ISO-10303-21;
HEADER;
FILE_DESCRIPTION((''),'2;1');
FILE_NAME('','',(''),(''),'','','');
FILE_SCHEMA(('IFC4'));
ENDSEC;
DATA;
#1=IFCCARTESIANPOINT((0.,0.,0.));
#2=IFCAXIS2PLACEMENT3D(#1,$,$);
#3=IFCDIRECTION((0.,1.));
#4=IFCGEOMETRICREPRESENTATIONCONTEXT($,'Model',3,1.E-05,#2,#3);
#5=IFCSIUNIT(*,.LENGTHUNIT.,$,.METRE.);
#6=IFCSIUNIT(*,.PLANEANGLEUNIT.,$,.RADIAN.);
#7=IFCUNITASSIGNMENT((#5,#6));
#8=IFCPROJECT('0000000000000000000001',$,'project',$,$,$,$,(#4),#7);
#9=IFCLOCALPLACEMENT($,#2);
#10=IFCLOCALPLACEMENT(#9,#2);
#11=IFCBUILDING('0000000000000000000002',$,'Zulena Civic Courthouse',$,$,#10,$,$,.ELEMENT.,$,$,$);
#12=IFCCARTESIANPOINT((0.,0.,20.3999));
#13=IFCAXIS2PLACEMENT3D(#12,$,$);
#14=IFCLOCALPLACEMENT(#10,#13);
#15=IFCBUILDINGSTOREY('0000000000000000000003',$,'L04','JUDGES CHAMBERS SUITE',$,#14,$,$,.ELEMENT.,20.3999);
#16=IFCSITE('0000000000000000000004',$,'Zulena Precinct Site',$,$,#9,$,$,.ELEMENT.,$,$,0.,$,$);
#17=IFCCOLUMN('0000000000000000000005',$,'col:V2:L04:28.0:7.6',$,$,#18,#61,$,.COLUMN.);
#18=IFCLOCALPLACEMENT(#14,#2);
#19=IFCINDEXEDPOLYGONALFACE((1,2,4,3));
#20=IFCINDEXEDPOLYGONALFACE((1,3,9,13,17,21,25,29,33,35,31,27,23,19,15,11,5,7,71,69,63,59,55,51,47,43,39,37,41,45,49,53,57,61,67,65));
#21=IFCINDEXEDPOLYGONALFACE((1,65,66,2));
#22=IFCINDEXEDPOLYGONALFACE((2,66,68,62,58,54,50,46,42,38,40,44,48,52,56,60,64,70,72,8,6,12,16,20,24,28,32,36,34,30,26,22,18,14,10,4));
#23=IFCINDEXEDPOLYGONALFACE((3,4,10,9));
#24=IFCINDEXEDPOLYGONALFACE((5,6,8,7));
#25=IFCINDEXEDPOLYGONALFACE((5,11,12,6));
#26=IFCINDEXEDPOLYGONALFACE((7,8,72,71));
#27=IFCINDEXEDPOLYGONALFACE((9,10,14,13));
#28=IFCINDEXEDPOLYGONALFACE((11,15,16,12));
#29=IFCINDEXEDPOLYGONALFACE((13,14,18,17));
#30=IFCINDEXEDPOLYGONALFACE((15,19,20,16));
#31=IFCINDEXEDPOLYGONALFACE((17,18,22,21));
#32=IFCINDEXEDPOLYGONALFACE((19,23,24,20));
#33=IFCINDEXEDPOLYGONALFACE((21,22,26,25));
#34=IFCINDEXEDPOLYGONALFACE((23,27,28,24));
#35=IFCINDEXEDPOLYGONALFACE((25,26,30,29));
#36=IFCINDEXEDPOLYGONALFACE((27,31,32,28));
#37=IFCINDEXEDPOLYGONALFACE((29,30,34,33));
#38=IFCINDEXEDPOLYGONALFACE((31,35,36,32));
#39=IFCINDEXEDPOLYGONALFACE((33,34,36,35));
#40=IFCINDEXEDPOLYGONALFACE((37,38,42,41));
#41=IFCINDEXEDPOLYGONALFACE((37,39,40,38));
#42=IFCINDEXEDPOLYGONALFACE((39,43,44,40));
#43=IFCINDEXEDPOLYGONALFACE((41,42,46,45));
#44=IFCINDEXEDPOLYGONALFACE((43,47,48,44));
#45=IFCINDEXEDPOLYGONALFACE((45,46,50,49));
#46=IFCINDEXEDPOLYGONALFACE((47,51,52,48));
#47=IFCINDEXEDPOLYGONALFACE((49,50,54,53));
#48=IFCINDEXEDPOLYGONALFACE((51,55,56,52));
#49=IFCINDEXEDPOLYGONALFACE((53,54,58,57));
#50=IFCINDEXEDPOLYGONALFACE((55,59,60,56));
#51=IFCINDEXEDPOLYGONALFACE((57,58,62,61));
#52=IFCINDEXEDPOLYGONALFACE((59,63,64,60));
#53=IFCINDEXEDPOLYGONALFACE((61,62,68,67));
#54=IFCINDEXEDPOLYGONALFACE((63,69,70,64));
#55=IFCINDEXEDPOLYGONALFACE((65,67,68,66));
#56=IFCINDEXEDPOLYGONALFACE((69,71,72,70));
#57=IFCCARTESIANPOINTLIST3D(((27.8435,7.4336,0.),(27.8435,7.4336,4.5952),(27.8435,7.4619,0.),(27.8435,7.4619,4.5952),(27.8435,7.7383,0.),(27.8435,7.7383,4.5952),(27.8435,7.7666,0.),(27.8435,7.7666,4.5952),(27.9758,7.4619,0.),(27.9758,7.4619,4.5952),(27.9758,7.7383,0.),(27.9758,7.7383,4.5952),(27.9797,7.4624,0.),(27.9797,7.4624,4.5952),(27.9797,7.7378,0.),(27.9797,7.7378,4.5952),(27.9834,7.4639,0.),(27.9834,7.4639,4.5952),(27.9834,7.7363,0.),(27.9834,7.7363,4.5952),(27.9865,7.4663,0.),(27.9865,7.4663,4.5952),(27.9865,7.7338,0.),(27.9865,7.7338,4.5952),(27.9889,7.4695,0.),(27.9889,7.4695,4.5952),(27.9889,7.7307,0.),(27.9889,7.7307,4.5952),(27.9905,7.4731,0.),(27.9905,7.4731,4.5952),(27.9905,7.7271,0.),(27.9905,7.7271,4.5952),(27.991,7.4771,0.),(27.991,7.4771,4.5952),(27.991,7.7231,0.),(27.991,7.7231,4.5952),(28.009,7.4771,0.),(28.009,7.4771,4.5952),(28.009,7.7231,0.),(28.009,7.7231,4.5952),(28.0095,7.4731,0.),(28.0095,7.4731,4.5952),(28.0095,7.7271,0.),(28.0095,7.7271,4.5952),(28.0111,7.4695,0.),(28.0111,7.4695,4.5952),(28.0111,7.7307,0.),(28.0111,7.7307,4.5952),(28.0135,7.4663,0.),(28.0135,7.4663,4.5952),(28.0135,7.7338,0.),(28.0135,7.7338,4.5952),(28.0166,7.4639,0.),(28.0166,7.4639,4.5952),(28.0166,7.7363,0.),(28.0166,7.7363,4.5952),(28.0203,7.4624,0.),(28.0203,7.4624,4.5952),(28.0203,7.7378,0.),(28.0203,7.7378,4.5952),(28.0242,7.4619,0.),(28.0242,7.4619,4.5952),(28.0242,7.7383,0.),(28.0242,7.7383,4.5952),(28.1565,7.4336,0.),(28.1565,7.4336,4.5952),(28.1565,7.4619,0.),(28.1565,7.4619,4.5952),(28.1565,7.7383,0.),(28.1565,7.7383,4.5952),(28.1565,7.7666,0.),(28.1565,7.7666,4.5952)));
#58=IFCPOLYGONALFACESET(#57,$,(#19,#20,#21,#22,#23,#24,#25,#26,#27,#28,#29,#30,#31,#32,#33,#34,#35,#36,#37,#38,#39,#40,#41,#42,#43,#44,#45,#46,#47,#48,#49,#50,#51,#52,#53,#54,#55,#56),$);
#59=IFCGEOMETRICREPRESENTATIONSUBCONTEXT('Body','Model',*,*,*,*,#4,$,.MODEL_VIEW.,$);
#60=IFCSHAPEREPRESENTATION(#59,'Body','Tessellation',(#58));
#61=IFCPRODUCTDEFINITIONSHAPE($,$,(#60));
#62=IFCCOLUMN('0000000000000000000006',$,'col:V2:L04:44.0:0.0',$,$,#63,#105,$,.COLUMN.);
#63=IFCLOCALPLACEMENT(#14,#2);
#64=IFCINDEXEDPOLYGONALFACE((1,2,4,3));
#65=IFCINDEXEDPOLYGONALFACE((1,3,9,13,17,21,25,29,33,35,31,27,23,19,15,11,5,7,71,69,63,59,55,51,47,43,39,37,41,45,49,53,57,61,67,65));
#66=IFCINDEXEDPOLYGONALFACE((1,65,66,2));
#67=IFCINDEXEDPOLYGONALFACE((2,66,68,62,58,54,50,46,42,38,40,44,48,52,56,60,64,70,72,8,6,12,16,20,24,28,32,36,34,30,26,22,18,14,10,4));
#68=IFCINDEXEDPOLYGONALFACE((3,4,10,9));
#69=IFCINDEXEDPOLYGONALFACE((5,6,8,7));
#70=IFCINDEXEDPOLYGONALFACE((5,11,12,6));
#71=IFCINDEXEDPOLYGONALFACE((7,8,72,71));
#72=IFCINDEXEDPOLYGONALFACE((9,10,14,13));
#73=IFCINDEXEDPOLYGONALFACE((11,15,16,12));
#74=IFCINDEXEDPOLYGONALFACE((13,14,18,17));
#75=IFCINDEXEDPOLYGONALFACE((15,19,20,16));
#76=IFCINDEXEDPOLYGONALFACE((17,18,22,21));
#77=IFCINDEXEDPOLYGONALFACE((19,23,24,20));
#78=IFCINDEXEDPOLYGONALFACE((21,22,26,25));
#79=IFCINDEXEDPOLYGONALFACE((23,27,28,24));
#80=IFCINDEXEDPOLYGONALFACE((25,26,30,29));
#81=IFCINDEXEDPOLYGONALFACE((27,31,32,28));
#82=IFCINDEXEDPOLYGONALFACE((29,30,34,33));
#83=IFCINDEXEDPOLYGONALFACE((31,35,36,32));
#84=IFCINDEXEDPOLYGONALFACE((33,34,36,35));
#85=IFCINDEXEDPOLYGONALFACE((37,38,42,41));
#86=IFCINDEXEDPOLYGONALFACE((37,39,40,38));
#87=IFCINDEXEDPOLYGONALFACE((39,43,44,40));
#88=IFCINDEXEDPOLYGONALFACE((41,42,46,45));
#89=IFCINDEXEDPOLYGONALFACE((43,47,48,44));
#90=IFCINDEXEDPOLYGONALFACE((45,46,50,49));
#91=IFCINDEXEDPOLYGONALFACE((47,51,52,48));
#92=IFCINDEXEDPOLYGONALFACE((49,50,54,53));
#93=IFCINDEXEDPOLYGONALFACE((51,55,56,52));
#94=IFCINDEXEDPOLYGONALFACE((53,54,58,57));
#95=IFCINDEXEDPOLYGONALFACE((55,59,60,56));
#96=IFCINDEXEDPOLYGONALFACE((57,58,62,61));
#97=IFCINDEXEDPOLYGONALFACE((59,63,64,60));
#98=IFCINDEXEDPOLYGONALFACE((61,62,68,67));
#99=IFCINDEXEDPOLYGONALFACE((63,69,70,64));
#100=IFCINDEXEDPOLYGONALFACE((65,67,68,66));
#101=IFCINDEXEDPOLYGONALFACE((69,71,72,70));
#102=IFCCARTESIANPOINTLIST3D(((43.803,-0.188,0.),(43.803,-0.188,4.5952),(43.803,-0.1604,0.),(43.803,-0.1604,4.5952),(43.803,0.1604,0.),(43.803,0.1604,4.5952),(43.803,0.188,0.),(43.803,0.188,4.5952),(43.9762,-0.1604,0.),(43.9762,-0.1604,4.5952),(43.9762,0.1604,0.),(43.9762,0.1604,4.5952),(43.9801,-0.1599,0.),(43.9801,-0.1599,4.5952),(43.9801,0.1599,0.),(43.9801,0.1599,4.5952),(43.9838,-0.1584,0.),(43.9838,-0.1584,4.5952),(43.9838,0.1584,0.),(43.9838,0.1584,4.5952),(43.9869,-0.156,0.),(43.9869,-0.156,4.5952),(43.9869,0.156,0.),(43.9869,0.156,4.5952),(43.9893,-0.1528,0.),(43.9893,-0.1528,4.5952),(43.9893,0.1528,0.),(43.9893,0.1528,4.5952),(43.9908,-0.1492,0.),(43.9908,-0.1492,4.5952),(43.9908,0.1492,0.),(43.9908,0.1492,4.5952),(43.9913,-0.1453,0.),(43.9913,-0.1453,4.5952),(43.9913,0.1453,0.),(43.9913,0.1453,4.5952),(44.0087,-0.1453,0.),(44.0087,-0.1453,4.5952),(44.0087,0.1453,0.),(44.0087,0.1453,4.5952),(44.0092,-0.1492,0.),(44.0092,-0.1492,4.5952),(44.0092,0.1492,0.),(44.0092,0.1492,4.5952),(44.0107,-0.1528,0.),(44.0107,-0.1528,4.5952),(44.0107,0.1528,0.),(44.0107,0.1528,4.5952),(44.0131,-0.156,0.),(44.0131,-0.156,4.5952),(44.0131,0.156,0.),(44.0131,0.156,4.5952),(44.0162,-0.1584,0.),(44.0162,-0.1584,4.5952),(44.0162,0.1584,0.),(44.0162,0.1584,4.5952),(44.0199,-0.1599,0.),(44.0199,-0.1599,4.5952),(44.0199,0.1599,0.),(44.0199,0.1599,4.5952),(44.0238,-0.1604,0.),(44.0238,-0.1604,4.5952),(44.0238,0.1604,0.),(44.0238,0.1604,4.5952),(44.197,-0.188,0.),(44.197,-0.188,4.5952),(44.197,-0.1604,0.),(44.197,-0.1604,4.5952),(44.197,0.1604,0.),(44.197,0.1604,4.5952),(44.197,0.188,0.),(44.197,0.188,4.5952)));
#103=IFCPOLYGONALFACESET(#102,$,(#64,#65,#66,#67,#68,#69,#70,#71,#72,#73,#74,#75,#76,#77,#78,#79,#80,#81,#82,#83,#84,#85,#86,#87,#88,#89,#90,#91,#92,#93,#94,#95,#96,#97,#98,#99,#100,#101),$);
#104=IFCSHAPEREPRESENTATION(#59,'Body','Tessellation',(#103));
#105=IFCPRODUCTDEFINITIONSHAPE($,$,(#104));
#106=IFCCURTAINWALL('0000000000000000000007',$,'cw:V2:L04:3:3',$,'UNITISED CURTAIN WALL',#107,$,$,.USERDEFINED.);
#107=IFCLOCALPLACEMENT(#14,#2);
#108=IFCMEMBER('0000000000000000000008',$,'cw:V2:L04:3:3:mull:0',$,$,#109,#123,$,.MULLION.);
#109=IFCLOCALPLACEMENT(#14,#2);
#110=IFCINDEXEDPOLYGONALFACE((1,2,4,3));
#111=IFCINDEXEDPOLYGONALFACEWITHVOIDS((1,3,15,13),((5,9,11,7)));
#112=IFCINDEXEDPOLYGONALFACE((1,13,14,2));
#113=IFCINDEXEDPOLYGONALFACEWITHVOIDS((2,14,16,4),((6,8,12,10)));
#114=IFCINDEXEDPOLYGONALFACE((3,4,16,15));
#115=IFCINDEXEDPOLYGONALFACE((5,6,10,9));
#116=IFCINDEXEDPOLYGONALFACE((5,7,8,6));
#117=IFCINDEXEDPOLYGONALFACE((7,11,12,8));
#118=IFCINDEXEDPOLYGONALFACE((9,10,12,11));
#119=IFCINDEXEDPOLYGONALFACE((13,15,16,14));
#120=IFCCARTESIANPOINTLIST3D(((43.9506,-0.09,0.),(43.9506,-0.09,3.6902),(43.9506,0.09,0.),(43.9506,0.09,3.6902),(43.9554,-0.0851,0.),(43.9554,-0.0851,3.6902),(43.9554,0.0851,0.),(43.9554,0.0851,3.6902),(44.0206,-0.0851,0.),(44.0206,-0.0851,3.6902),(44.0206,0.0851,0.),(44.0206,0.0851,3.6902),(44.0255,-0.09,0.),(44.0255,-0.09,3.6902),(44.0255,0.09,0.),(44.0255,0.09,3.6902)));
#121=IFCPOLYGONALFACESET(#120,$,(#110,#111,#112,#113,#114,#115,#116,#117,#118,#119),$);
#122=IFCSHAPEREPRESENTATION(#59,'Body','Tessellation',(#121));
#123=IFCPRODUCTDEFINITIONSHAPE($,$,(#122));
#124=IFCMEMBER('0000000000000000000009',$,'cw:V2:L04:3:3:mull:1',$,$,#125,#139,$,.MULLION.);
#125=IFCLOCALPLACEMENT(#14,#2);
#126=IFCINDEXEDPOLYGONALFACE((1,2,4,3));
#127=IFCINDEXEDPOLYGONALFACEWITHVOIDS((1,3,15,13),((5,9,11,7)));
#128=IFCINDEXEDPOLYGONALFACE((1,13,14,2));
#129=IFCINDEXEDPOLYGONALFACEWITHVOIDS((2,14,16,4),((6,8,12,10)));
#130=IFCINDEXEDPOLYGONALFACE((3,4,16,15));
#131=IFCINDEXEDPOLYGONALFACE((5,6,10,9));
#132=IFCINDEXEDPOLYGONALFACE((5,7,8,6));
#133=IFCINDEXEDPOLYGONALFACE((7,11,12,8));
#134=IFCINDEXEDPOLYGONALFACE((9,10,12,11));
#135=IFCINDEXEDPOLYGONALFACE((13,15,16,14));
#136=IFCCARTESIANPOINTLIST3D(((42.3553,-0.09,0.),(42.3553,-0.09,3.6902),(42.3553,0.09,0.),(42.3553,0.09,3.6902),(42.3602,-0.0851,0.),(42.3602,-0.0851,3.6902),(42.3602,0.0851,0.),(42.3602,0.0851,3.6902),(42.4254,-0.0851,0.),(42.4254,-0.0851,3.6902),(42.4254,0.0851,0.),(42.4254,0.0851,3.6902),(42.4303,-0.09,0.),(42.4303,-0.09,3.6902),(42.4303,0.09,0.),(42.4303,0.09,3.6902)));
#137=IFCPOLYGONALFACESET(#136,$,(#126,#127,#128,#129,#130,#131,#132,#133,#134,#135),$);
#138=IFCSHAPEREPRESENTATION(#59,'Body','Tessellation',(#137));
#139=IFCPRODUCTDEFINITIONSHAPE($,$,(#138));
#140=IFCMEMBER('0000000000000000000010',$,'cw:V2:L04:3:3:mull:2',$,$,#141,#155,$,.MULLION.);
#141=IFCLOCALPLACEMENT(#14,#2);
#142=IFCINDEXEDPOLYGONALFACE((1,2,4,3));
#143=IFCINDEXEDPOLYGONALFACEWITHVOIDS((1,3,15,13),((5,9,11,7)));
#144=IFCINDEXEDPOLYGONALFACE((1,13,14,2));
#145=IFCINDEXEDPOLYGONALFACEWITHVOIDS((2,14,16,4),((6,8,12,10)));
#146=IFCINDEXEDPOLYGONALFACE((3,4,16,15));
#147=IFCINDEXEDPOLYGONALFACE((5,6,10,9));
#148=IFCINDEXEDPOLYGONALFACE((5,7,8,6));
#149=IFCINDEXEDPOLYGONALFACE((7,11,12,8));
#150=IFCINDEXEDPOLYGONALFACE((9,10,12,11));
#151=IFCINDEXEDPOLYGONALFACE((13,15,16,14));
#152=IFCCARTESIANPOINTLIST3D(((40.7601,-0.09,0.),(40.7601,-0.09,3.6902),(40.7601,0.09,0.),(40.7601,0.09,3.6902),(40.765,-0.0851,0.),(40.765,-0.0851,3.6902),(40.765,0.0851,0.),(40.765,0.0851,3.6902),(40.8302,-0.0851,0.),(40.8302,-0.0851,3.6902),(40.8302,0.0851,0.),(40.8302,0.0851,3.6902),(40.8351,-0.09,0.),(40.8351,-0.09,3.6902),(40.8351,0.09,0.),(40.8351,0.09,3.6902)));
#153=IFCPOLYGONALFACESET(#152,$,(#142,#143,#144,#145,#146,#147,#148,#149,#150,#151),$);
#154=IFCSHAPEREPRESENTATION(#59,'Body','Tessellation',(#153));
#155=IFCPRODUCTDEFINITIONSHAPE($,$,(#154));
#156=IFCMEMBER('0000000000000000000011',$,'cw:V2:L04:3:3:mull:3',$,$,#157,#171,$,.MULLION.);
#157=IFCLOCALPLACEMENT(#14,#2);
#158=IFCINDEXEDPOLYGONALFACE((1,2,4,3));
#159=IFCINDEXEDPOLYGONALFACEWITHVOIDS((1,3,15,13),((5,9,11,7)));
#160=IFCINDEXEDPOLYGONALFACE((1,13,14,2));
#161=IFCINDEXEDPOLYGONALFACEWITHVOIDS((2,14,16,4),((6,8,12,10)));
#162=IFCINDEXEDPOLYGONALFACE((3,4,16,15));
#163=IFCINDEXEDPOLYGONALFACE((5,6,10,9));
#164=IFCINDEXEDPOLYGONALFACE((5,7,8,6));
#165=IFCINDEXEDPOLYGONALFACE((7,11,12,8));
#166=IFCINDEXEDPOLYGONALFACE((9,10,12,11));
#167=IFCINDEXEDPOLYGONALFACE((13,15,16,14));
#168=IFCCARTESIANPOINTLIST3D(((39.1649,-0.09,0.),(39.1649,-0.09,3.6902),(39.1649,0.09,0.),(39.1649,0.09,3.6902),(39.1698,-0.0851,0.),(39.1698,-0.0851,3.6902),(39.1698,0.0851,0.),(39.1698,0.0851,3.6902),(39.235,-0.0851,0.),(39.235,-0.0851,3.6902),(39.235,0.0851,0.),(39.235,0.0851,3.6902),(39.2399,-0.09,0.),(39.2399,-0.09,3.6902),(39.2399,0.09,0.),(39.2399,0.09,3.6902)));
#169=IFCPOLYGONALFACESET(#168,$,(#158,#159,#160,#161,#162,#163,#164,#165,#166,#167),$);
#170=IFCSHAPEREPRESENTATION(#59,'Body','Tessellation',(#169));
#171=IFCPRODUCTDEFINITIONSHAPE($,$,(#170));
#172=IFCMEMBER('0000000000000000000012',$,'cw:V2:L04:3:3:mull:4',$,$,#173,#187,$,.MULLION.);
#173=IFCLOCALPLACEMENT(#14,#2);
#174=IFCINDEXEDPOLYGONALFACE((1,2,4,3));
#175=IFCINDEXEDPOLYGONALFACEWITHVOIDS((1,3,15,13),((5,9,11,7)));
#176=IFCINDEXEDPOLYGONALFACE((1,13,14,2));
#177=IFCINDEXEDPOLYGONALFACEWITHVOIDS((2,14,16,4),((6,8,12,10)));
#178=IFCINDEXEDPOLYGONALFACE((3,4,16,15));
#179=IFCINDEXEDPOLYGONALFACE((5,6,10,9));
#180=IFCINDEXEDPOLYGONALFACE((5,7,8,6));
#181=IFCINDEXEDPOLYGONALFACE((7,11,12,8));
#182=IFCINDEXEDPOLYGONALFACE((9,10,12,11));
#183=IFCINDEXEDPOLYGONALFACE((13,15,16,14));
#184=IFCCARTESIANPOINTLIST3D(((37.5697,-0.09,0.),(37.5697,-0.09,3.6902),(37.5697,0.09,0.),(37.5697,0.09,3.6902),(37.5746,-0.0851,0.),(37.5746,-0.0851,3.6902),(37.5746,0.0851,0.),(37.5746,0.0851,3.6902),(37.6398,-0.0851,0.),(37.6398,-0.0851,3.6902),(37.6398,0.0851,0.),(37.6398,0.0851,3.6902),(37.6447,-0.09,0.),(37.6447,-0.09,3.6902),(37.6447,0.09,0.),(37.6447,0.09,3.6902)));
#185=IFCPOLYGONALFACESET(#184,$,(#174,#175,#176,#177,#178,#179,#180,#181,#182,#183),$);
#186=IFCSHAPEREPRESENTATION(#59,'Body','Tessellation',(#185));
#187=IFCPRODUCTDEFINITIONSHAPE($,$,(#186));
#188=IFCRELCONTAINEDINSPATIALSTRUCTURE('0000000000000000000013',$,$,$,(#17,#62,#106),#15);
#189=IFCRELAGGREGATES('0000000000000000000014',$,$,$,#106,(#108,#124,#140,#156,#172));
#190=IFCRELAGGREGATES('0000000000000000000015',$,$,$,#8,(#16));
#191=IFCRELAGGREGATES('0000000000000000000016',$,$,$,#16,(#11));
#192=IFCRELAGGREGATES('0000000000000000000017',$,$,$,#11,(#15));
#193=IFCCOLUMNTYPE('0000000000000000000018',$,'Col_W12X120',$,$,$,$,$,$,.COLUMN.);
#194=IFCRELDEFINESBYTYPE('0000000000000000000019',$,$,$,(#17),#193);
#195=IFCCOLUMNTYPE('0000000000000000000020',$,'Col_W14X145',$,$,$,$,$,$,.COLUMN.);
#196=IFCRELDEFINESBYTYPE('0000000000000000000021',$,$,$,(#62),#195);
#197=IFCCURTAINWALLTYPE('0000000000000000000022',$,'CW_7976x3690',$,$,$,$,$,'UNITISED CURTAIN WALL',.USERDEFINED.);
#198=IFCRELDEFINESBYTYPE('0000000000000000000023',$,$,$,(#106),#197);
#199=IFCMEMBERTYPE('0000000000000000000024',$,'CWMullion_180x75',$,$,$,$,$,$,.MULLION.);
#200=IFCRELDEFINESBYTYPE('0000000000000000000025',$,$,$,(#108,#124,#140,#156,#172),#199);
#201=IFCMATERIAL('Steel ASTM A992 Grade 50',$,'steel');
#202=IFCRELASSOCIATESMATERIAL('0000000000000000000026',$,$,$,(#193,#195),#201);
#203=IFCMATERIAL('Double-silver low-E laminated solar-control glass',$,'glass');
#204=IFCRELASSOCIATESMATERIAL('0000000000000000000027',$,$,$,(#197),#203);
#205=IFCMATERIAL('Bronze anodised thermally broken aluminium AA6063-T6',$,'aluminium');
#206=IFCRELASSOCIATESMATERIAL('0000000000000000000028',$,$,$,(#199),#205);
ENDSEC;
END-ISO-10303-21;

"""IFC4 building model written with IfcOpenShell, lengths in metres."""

from ifc_helpers import new_model, si_unit, direction, frame, origin, origin_2d, place, context, subcontext, project, spatial, hollow_rectangle, i_section, extrude, material, material_profile, profile_set, type_object, element, aggregate, save


model = new_model("IFC4")

# Units and contexts
model_context = context("Model", 3, precision=1e-05, world=origin(), true_north=direction((0.0, 1.0)))
body_context = subcontext(model_context, "Body", "Model", "MODEL_VIEW")
ifc_project = project(units=[si_unit("LENGTHUNIT", "METRE"), si_unit("PLANEANGLEUNIT", "RADIAN")], contexts=[model_context])

# Site, building, storey
site_placement = place(None, origin())
site = spatial("IfcSite", under=ifc_project, at=site_placement, Name="Zulena Precinct Site", CompositionType="ELEMENT", RefElevation=0.0)
building_placement = place(site_placement, origin())
building = spatial("IfcBuilding", under=site, at=building_placement, Name="Zulena Civic Courthouse", CompositionType="ELEMENT")
storey_placement = place(building_placement, frame((0.0, 0.0, 20.3999)))
storey = spatial("IfcBuildingStorey", under=building, at=storey_placement, Name="L04", Description="JUDGES CHAMBERS SUITE", CompositionType="ELEMENT", Elevation=20.3999)

# Columns
ifc_material_1 = material(Name="Steel ASTM A992 Grade 50", Category="steel")
ifc_material_profile_1 = material_profile(ifc_material_1, i_section(OverallWidth=0.313, OverallDepth=0.333, WebThickness=0.0181, FlangeThickness=0.0283, FilletRadius=0.0151, at=origin_2d()), Name="W12X120")
ifc_profile_set_1 = profile_set([ifc_material_profile_1], Name="Steel ASTM A992 Grade 50")
column_type_1 = type_object("IfcColumnType", Name="Col_W12X120", PredefinedType="COLUMN", material=ifc_profile_set_1)
column_1_placement = place(storey_placement, frame((28.0, 7.6001, 0.0), z_axis=(0.0, 0.0, 1.0), x_axis=(1.0, 0.0, 0.0)))
element("IfcColumn", 1, at=column_1_placement, inside=storey, type_object=column_type_1, Name="col:V2:L04:28.0:7.6", PredefinedType="COLUMN", context=body_context, shape_type="SweptSolid", body=[
    extrude(i_section(OverallWidth=0.313, OverallDepth=0.333, WebThickness=0.0181, FlangeThickness=0.0283, FilletRadius=0.0151, at=origin_2d()), origin(), (0.0, 0.0, 1.0), 4.5952),
])
ifc_material_profile_2 = material_profile(ifc_material_1, i_section(OverallWidth=0.394, OverallDepth=0.376, WebThickness=0.0173, FlangeThickness=0.0276, FilletRadius=0.0151, at=origin_2d()), Name="W14X145")
ifc_profile_set_2 = profile_set([ifc_material_profile_2], Name="Steel ASTM A992 Grade 50")
column_type_2 = type_object("IfcColumnType", Name="Col_W14X145", PredefinedType="COLUMN", material=ifc_profile_set_2)
column_2_placement = place(storey_placement, frame((44.0, 0.0, 0.0), z_axis=(0.0, 0.0, 1.0), x_axis=(1.0, 0.0, 0.0)))
element("IfcColumn", 2, at=column_2_placement, inside=storey, type_object=column_type_2, Name="col:V2:L04:44.0:0.0", PredefinedType="COLUMN", context=body_context, shape_type="SweptSolid", body=[
    extrude(i_section(OverallWidth=0.394, OverallDepth=0.376, WebThickness=0.0173, FlangeThickness=0.0276, FilletRadius=0.0151, at=origin_2d()), origin(), (0.0, 0.0, 1.0), 4.5952),
])

# Curtain wall, members
ifc_material_2 = material(Name="Double-silver low-E laminated solar-control glass", Category="glass")
curtain_wall_type = type_object("IfcCurtainWallType", Name="CW_7976x3690", ElementType="UNITISED CURTAIN WALL", PredefinedType="USERDEFINED", material=ifc_material_2)
curtain_wall_placement = place(storey_placement, origin())
curtain_wall = element("IfcCurtainWall", 3, at=curtain_wall_placement, inside=storey, type_object=curtain_wall_type, Name="cw:V2:L04:3:3", ObjectType="UNITISED CURTAIN WALL", PredefinedType="USERDEFINED")
ifc_material_3 = material(Name="Bronze anodised thermally broken aluminium AA6063-T6", Category="aluminium")
ifc_material_profile_3 = material_profile(ifc_material_3, hollow_rectangle(XDim=0.075, YDim=0.1799, WallThickness=0.0049, at=origin_2d()), Name="CWM180X75X5")
ifc_profile_set_3 = profile_set([ifc_material_profile_3], Name="Bronze anodised thermally broken aluminium AA6063-T6")
member_type_1 = type_object("IfcMemberType", Name="CWMullion_180x75", PredefinedType="MULLION", material=ifc_profile_set_3)
member_1_placement = place(storey_placement, frame((43.988, 0.0, 0.0), z_axis=(0.0, 0.0, 1.0), x_axis=(1.0, 0.0, 0.0)))
member_1 = element("IfcMember", 4, at=member_1_placement, type_object=member_type_1, Name="cw:V2:L04:3:3:mull:0", PredefinedType="MULLION", context=body_context, shape_type="SweptSolid", body=[
    extrude(hollow_rectangle(XDim=0.075, YDim=0.1799, WallThickness=0.0049, at=origin_2d()), origin(), (0.0, 0.0, 1.0), 3.6902),
])
member_2_placement = place(storey_placement, frame((42.3928, 0.0, 0.0), z_axis=(0.0, 0.0, 1.0), x_axis=(1.0, 0.0, 0.0)))
member_2 = element("IfcMember", 5, at=member_2_placement, type_object=member_type_1, Name="cw:V2:L04:3:3:mull:1", PredefinedType="MULLION", context=body_context, shape_type="SweptSolid", body=[
    extrude(hollow_rectangle(XDim=0.075, YDim=0.1799, WallThickness=0.0049, at=origin_2d()), origin(), (0.0, 0.0, 1.0), 3.6902),
])
member_3_placement = place(storey_placement, frame((40.7976, 0.0, 0.0), z_axis=(0.0, 0.0, 1.0), x_axis=(1.0, 0.0, 0.0)))
member_3 = element("IfcMember", 6, at=member_3_placement, type_object=member_type_1, Name="cw:V2:L04:3:3:mull:2", PredefinedType="MULLION", context=body_context, shape_type="SweptSolid", body=[
    extrude(hollow_rectangle(XDim=0.075, YDim=0.1799, WallThickness=0.0049, at=origin_2d()), origin(), (0.0, 0.0, 1.0), 3.6902),
])
member_4_placement = place(storey_placement, frame((39.2024, 0.0, 0.0), z_axis=(0.0, 0.0, 1.0), x_axis=(1.0, 0.0, 0.0)))
member_4 = element("IfcMember", 7, at=member_4_placement, type_object=member_type_1, Name="cw:V2:L04:3:3:mull:3", PredefinedType="MULLION", context=body_context, shape_type="SweptSolid", body=[
    extrude(hollow_rectangle(XDim=0.075, YDim=0.1799, WallThickness=0.0049, at=origin_2d()), origin(), (0.0, 0.0, 1.0), 3.6902),
])
member_5_placement = place(storey_placement, frame((37.6072, 0.0, 0.0), z_axis=(0.0, 0.0, 1.0), x_axis=(1.0, 0.0, 0.0)))
member_5 = element("IfcMember", 8, at=member_5_placement, type_object=member_type_1, Name="cw:V2:L04:3:3:mull:4", PredefinedType="MULLION", context=body_context, shape_type="SweptSolid", body=[
    extrude(hollow_rectangle(XDim=0.075, YDim=0.1799, WallThickness=0.0049, at=origin_2d()), origin(), (0.0, 0.0, 1.0), 3.6902),
])

aggregate(curtain_wall, [member_1, member_2, member_3, member_4, member_5])

save(model, "model.ifc")
